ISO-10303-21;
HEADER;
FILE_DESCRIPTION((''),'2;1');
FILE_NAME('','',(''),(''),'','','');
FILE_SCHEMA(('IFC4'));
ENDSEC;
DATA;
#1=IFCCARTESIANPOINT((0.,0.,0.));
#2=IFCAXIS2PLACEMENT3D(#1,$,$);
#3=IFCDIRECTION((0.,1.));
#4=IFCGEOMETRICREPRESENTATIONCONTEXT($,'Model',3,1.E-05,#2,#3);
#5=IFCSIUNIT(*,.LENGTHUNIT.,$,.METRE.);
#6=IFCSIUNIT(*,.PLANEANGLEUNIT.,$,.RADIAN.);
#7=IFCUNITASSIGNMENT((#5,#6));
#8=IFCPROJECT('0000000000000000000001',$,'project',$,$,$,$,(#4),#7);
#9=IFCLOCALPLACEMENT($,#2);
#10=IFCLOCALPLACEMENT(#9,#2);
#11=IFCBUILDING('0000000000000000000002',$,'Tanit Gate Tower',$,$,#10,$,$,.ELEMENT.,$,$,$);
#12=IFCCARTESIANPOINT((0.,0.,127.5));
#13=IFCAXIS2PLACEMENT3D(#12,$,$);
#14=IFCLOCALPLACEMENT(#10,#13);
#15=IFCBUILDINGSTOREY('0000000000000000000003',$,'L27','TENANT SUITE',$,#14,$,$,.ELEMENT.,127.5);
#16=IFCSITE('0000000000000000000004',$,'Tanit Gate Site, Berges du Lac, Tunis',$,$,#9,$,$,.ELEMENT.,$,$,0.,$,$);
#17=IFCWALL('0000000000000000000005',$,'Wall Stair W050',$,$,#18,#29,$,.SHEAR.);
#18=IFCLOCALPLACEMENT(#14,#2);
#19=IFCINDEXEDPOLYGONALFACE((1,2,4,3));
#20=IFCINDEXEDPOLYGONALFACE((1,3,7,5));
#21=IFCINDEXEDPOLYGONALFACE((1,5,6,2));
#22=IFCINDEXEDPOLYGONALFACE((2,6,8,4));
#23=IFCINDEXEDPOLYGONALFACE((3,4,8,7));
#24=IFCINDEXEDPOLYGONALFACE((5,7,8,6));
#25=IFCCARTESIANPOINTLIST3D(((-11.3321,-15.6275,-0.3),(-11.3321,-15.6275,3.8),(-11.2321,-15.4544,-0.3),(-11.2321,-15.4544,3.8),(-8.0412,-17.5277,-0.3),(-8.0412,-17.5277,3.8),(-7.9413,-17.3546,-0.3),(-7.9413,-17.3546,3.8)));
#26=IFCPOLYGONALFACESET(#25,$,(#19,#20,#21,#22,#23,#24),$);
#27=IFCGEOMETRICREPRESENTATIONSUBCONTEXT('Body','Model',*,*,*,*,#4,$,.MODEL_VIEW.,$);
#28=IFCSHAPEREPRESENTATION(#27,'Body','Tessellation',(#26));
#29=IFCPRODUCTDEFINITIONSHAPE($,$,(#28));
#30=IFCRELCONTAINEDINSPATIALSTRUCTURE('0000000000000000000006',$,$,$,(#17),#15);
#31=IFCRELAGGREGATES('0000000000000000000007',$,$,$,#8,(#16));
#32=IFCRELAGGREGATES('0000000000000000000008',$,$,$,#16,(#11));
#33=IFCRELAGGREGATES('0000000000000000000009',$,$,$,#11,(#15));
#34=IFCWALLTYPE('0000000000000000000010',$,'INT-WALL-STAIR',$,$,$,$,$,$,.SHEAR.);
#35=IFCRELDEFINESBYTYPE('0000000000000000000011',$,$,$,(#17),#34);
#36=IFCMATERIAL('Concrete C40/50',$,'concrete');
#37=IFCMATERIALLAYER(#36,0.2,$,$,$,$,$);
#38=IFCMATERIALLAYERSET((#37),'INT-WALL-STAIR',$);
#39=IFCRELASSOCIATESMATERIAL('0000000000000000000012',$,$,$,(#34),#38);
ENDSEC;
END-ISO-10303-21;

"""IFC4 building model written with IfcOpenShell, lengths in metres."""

from ifc_helpers import new_model, si_unit, direction, frame, frame_2d, origin, place, context, subcontext, project, spatial, rectangle, extrude, material, layer, layer_set, type_object, element, save


model = new_model("IFC4")

# Units and contexts
model_context = context("Model", 3, precision=1e-05, world=origin(), true_north=direction((0.0, 1.0)))
body_context = subcontext(model_context, "Body", "Model", "MODEL_VIEW")
ifc_project = project(units=[si_unit("LENGTHUNIT", "METRE"), si_unit("PLANEANGLEUNIT", "RADIAN")], contexts=[model_context])

# Site, building, storey
site_placement = place(None, origin())
site = spatial("IfcSite", under=ifc_project, at=site_placement, Name="Tanit Gate Site, Berges du Lac, Tunis", CompositionType="ELEMENT", RefElevation=0.0)
building_placement = place(site_placement, origin())
building = spatial("IfcBuilding", under=site, at=building_placement, Name="Tanit Gate Tower", CompositionType="ELEMENT")
storey_placement = place(building_placement, frame((0.0, 0.0, 127.5)))
storey = spatial("IfcBuildingStorey", under=building, at=storey_placement, Name="L27", Description="TENANT SUITE", CompositionType="ELEMENT", Elevation=127.5)

# Wall
ifc_material_1 = material(Name="Concrete C40/50", Category="concrete")
ifc_layer_1 = layer(ifc_material_1, 0.2)
ifc_layer_set_1 = layer_set([ifc_layer_1], Name="INT-WALL-STAIR")
wall_type_1 = type_object("IfcWallType", Name="INT-WALL-STAIR", PredefinedType="SHEAR", material=ifc_layer_set_1)
wall_1_placement = place(storey_placement, frame((-11.282, -15.541, -0.3), z_axis=(0.0, 0.0, 1.0), x_axis=(0.866, -0.500043, 0.0)))
element("IfcWall", 1, at=wall_1_placement, inside=storey, type_object=wall_type_1, Name="Wall Stair W050", PredefinedType="SHEAR", context=body_context, shape_type="SweptSolid", body=[
    extrude(rectangle(XDim=3.8, YDim=0.2, at=frame_2d((1.8999, 0.0))), origin(), (0.0, 0.0, 1.0), 4.1001),
])

save(model, "model.ifc")
